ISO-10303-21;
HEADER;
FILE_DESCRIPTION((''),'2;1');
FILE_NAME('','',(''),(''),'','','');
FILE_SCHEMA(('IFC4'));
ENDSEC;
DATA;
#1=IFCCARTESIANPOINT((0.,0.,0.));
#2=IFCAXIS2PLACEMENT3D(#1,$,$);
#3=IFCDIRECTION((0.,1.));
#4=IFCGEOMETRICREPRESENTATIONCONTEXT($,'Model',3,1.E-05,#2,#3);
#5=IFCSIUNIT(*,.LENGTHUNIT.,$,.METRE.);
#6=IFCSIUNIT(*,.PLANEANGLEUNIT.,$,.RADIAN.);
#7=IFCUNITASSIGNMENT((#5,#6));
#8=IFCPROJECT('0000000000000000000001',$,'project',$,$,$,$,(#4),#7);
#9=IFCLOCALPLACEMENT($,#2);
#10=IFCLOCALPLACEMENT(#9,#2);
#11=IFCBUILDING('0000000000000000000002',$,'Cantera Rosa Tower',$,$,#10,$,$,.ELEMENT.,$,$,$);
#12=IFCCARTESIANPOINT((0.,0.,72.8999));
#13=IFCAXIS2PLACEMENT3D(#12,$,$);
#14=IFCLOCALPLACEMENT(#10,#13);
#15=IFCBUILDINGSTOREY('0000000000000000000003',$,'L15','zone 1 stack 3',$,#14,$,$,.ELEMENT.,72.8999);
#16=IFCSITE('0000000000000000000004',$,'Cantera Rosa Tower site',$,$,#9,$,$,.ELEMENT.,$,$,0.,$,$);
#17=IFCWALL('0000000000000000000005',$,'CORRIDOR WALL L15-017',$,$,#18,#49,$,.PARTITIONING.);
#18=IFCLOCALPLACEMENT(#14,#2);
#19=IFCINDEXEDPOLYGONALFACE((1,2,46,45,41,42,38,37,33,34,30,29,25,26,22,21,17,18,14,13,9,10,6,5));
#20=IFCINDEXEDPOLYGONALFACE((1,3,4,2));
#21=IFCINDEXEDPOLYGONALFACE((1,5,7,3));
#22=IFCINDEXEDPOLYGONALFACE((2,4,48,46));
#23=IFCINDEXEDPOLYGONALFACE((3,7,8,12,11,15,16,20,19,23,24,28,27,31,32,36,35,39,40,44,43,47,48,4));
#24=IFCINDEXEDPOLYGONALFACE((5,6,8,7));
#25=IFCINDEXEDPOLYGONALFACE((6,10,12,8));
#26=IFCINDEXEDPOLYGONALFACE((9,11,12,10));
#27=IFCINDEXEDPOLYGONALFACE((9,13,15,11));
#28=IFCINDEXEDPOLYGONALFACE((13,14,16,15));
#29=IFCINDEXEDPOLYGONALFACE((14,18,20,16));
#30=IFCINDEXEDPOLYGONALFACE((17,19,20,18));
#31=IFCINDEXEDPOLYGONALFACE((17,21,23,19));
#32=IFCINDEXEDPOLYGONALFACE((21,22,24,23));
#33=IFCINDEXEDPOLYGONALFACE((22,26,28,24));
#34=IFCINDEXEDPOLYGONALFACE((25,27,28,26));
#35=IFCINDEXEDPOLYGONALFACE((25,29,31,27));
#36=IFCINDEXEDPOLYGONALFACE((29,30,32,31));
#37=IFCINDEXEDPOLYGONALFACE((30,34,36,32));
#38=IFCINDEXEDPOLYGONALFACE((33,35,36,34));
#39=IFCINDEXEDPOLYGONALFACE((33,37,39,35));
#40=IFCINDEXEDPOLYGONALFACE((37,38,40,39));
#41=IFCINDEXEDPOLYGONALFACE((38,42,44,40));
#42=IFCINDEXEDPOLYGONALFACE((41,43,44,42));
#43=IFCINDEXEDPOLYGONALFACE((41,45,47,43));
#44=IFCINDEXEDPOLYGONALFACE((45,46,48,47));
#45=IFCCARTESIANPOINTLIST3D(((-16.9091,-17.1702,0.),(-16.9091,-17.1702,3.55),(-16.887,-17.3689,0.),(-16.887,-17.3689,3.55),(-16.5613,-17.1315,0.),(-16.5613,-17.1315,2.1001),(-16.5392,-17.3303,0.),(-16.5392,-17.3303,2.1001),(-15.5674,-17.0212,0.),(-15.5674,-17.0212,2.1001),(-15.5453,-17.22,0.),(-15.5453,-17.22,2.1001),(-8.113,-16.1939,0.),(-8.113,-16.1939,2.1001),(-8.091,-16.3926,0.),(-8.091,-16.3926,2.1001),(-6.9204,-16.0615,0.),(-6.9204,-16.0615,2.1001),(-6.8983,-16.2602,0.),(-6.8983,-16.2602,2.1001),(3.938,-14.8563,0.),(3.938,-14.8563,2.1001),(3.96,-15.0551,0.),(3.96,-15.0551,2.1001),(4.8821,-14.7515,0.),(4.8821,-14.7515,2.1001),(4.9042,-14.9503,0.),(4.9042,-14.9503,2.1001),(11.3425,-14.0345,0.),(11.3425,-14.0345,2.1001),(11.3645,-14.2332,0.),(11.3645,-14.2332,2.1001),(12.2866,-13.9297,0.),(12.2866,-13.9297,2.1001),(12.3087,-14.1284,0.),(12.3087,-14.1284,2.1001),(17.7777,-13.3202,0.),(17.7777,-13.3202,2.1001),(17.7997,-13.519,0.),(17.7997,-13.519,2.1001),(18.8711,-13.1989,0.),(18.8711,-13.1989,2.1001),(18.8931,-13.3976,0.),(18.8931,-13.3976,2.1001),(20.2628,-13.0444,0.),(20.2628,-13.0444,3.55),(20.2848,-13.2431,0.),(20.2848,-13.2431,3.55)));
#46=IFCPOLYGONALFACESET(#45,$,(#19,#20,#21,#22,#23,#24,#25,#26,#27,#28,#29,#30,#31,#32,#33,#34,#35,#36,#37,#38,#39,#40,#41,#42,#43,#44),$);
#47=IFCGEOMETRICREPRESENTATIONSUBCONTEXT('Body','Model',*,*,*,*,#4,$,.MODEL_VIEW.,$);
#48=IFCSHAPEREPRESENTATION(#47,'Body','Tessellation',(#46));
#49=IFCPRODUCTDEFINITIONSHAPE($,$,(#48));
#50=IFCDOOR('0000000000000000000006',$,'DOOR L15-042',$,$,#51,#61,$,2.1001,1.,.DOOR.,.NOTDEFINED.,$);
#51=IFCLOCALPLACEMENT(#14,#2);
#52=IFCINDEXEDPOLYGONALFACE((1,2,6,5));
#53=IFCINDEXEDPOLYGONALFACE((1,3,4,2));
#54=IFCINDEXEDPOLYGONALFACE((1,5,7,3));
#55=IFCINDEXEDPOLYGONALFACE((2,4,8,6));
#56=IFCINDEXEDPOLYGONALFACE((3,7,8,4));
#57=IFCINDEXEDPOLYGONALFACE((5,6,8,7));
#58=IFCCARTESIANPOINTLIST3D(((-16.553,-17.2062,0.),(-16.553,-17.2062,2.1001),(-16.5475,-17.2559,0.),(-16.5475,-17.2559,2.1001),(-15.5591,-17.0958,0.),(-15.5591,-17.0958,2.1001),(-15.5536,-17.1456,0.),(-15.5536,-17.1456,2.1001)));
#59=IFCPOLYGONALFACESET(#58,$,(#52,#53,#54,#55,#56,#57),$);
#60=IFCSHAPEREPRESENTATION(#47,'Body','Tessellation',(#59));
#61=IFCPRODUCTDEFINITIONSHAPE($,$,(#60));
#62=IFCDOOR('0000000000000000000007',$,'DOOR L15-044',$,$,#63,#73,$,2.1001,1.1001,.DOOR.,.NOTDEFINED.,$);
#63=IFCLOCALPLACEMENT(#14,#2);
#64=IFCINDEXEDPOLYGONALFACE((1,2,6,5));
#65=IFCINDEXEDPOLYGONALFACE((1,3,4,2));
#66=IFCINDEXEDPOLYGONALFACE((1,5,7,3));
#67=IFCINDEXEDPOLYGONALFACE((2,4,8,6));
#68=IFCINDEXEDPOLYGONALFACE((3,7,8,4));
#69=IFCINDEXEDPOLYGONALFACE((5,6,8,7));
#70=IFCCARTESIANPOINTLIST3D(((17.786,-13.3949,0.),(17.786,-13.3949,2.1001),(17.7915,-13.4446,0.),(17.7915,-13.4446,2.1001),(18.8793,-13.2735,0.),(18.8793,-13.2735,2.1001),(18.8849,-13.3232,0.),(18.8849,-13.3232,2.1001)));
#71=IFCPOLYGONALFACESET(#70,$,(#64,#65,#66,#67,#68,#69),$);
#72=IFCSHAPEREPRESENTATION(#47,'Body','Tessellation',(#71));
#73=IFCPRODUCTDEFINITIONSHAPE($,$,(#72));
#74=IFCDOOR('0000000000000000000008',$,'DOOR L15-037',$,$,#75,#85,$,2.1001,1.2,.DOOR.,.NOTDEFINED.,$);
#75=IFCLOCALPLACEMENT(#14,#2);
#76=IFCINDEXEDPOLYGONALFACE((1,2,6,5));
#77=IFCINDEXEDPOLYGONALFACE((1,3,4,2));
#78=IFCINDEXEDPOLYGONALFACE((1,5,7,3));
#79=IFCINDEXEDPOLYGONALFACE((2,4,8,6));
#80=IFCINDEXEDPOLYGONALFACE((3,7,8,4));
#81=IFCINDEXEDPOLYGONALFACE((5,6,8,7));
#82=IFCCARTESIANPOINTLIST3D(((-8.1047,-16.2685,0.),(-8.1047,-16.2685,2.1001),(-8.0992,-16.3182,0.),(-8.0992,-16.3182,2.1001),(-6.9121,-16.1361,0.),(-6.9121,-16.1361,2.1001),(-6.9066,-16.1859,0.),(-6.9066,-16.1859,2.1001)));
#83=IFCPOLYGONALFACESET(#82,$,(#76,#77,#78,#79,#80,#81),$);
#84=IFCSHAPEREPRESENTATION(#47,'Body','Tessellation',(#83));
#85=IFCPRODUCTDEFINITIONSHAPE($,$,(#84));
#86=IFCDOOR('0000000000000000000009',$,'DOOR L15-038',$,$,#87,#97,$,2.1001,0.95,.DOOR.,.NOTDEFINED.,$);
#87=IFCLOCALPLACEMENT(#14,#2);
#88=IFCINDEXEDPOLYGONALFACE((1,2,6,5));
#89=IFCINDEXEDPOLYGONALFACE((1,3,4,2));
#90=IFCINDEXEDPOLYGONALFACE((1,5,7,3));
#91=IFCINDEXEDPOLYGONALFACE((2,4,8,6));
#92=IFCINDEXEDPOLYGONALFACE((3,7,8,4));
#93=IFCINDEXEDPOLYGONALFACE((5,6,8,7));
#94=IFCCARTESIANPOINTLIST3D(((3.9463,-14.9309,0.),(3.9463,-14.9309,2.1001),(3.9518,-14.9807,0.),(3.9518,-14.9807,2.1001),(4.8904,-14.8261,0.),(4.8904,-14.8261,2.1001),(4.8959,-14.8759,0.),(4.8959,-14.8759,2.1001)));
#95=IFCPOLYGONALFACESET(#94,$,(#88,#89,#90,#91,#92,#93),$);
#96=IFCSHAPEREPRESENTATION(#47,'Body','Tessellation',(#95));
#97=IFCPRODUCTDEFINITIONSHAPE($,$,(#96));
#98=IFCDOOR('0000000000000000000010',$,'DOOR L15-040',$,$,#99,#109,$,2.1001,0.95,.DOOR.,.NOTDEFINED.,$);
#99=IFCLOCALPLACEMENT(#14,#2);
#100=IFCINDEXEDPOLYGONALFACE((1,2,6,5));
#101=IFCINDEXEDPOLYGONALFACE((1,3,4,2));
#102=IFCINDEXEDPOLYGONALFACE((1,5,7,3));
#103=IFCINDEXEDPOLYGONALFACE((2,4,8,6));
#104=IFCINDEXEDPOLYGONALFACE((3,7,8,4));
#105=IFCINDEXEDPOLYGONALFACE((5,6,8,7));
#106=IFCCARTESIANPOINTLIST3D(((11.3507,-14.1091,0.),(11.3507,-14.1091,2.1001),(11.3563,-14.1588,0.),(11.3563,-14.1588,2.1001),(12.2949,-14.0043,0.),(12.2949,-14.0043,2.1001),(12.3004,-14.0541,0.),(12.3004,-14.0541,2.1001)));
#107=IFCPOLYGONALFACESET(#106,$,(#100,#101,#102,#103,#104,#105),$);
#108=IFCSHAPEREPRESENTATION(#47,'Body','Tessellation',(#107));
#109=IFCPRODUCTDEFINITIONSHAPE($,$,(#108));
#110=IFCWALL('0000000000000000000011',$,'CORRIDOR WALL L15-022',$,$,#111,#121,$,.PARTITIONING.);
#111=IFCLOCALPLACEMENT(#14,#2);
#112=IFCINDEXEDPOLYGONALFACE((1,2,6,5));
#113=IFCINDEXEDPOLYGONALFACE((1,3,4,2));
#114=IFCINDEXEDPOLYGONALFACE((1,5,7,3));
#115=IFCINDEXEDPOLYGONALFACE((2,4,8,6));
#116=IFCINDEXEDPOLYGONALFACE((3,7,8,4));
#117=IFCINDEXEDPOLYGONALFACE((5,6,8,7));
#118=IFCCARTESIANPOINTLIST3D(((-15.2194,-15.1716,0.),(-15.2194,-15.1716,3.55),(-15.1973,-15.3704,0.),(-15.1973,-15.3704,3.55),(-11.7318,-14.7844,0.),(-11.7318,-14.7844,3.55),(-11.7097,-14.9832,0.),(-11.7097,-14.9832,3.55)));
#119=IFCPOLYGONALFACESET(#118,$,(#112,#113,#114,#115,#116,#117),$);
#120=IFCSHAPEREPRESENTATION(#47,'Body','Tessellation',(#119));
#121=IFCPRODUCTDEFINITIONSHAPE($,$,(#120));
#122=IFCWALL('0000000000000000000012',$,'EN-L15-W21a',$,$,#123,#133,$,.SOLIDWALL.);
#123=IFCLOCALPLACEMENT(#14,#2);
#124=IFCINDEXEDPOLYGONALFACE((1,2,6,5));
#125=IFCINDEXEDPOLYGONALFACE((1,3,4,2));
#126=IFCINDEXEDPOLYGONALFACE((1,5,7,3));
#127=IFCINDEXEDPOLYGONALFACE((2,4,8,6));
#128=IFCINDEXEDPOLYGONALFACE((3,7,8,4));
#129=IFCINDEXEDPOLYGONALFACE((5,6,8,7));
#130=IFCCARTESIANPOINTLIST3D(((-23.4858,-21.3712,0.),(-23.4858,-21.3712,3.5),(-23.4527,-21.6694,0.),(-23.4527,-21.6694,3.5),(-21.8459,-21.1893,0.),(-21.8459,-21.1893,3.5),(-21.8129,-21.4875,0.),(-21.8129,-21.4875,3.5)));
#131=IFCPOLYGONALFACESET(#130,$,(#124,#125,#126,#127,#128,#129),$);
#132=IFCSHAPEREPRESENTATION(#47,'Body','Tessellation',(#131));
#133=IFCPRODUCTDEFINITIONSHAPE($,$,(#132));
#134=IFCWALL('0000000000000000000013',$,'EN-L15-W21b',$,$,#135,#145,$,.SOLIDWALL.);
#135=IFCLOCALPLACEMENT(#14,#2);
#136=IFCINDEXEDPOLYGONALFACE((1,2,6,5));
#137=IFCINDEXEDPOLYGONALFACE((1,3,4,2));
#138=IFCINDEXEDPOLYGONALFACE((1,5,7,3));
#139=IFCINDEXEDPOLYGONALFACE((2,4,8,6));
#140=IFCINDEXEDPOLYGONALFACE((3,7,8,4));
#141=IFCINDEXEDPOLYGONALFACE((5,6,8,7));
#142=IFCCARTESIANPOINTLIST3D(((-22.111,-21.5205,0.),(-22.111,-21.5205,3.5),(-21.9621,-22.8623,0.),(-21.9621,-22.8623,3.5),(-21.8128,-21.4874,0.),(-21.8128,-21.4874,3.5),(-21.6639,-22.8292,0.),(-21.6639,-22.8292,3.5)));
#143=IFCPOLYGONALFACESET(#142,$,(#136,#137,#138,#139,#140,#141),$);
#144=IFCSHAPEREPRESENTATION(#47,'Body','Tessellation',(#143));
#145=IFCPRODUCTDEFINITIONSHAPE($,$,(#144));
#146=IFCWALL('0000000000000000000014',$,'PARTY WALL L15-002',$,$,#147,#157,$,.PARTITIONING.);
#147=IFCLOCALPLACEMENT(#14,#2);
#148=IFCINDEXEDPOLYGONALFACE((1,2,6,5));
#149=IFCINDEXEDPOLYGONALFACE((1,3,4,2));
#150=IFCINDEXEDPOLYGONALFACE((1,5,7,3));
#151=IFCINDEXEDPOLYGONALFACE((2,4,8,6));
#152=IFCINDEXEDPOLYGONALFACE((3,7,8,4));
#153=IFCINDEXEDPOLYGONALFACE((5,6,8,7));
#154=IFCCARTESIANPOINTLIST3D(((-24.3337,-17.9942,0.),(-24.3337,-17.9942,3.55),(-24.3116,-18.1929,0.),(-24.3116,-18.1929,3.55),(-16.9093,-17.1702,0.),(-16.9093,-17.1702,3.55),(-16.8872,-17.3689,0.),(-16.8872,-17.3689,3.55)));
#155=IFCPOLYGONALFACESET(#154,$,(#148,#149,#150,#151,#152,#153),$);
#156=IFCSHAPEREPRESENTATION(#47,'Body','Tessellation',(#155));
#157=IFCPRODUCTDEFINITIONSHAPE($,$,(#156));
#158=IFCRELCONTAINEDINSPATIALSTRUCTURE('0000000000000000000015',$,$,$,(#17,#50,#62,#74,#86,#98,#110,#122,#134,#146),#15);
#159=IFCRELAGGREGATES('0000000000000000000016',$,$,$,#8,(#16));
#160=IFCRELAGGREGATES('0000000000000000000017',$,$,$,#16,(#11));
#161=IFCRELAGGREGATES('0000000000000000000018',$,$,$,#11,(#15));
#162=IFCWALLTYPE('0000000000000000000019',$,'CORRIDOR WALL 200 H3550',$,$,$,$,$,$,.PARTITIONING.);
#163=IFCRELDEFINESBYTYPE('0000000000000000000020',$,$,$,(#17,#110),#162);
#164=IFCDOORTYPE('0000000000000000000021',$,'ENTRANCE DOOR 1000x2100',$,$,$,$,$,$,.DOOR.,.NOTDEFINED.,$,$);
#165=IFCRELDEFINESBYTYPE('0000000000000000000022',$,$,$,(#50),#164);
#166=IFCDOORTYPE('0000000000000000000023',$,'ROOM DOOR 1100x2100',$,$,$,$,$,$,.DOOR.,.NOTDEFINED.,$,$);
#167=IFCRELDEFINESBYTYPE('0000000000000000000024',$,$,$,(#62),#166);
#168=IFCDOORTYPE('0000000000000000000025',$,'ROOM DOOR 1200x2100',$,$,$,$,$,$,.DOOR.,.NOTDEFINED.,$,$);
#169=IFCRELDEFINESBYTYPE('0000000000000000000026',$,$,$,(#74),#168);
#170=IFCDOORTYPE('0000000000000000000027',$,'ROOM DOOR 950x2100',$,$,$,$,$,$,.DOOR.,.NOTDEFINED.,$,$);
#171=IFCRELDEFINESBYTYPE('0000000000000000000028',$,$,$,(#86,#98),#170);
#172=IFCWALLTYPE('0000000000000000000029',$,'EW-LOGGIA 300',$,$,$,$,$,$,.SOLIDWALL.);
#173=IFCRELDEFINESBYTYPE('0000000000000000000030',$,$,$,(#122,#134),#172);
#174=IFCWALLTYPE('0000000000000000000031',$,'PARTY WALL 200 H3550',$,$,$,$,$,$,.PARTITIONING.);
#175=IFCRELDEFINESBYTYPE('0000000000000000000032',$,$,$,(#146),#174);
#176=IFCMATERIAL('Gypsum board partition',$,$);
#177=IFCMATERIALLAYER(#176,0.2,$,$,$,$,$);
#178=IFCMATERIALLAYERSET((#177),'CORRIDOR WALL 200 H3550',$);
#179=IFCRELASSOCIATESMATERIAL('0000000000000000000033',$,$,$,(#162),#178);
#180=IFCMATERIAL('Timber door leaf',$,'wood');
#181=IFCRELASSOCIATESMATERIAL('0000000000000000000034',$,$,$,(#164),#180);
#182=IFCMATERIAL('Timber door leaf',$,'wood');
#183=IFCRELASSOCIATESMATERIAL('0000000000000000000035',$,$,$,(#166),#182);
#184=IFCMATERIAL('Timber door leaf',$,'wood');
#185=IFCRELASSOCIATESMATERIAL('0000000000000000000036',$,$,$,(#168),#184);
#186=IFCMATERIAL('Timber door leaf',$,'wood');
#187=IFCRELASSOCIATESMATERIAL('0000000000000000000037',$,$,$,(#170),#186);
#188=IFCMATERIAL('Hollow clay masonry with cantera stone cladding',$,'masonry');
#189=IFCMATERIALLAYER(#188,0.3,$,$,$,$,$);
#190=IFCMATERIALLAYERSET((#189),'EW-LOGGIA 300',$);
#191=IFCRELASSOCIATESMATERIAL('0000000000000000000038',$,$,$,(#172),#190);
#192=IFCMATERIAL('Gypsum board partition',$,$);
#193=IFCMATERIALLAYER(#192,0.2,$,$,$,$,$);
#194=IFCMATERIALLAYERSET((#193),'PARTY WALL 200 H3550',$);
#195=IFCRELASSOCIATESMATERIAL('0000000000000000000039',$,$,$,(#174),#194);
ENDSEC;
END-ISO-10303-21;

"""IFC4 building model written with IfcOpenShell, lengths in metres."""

from ifc_helpers import new_model, si_unit, direction, frame, frame_2d, origin, place, context, subcontext, project, spatial, rectangle, extrude, material, layer, layer_set, type_object, element, fill, save


model = new_model("IFC4")

# Units and contexts
model_context = context("Model", 3, precision=1e-05, world=origin(), true_north=direction((0.0, 1.0)))
body_context = subcontext(model_context, "Body", "Model", "MODEL_VIEW")
ifc_project = project(units=[si_unit("LENGTHUNIT", "METRE"), si_unit("PLANEANGLEUNIT", "RADIAN")], contexts=[model_context])

# Site, building, storey
site_placement = place(None, origin())
site = spatial("IfcSite", under=ifc_project, at=site_placement, Name="Cantera Rosa Tower site", CompositionType="ELEMENT", RefElevation=0.0)
building_placement = place(site_placement, origin())
building = spatial("IfcBuilding", under=site, at=building_placement, Name="Cantera Rosa Tower", CompositionType="ELEMENT")
storey_placement = place(building_placement, frame((0.0, 0.0, 72.8999)))
storey = spatial("IfcBuildingStorey", under=building, at=storey_placement, Name="L15", Description="zone 1 stack 3", CompositionType="ELEMENT", Elevation=72.8999)

# Wall, openings, doors
ifc_material_1 = material(Name="Gypsum board partition")
ifc_layer_1 = layer(ifc_material_1, 0.2)
ifc_layer_set_1 = layer_set([ifc_layer_1], Name="CORRIDOR WALL 200 H3550")
wall_type_1 = type_object("IfcWallType", Name="CORRIDOR WALL 200 H3550", PredefinedType="PARTITIONING", material=ifc_layer_set_1)
wall_1_placement = place(storey_placement, frame((-16.8982, -17.2695, 0.0), z_axis=(0.0, 0.0, 1.0), x_axis=(0.993897, 0.110313, 0.0)))
wall_1 = element("IfcWall", 1, at=wall_1_placement, inside=storey, type_object=wall_type_1, Name="CORRIDOR WALL L15-017", PredefinedType="PARTITIONING", context=body_context, shape_type="SweptSolid", body=[
    extrude(rectangle(XDim=37.4001, YDim=0.2, at=frame_2d((18.7002, 0.0))), origin(), (0.0, 0.0, 1.0), 3.55),
])
opening_1_placement = place(wall_1_placement, frame((8.8501, 0.0, 0.0)))
opening_1 = element("IfcOpeningElement", 2, at=opening_1_placement, cuts=wall_1, PredefinedType="OPENING", context=body_context, shape_type="SweptSolid", body=[
    extrude(rectangle(XDim=1.2, YDim=2.1001, at=frame_2d((0.6001, 1.05))), frame((0.0, 0.1099, 0.0), z_axis=(0.0, -1.0, 0.0), x_axis=(1.0, 0.0, 0.0)), (0.0, 0.0, 1.0), 0.22),
])
opening_2_placement = place(wall_1_placement, frame((20.9751, 0.0, 0.0)))
opening_2 = element("IfcOpeningElement", 3, at=opening_2_placement, cuts=wall_1, PredefinedType="OPENING", context=body_context, shape_type="SweptSolid", body=[
    extrude(rectangle(XDim=0.95, YDim=2.1001, at=frame_2d((0.4751, 1.05))), frame((0.0, 0.1099, 0.0), z_axis=(0.0, -1.0, 0.0), x_axis=(1.0, 0.0, 0.0)), (0.0, 0.0, 1.0), 0.22),
])
opening_3_placement = place(wall_1_placement, frame((28.425, 0.0, 0.0)))
opening_3 = element("IfcOpeningElement", 4, at=opening_3_placement, cuts=wall_1, PredefinedType="OPENING", context=body_context, shape_type="SweptSolid", body=[
    extrude(rectangle(XDim=0.95, YDim=2.1001, at=frame_2d((0.4751, 1.05))), frame((0.0, 0.1099, 0.0), z_axis=(0.0, -1.0, 0.0), x_axis=(1.0, 0.0, 0.0)), (0.0, 0.0, 1.0), 0.22),
])
opening_4_placement = place(wall_1_placement, frame((0.3501, 0.0, 0.0)))
opening_4 = element("IfcOpeningElement", 5, at=opening_4_placement, cuts=wall_1, PredefinedType="OPENING", context=body_context, shape_type="SweptSolid", body=[
    extrude(rectangle(XDim=1.0, YDim=2.1001, at=frame_2d((0.5, 1.05))), frame((0.0, 0.1099, 0.0), z_axis=(0.0, -1.0, 0.0), x_axis=(1.0, 0.0, 0.0)), (0.0, 0.0, 1.0), 0.22),
])
opening_5_placement = place(wall_1_placement, frame((34.8999, 0.0, 0.0)))
opening_5 = element("IfcOpeningElement", 6, at=opening_5_placement, cuts=wall_1, PredefinedType="OPENING", context=body_context, shape_type="SweptSolid", body=[
    extrude(rectangle(XDim=1.1001, YDim=2.1001, at=frame_2d((0.55, 1.05))), frame((0.0, 0.1099, 0.0), z_axis=(0.0, -1.0, 0.0), x_axis=(1.0, 0.0, 0.0)), (0.0, 0.0, 1.0), 0.22),
])
ifc_material_2 = material(Name="Timber door leaf", Category="wood")
door_type_1 = type_object("IfcDoorType", Name="ENTRANCE DOOR 1000x2100", OperationType="NOTDEFINED", PredefinedType="DOOR", material=ifc_material_2)
door_1_placement = place(opening_4_placement, origin())
door_1 = element("IfcDoor", 7, at=door_1_placement, inside=storey, type_object=door_type_1, Name="DOOR L15-042", OperationType="NOTDEFINED", OverallHeight=2.1001, OverallWidth=1.0, PredefinedType="DOOR", context=body_context, shape_type="SweptSolid", body=[
    extrude(rectangle(XDim=1.0, YDim=2.1001, at=frame_2d((0.5, 1.05))), frame((0.0, 0.0249, 0.0), z_axis=(0.0, -1.0, 0.0), x_axis=(1.0, 0.0, 0.0)), (0.0, 0.0, 1.0), 0.05),
])
fill(opening_4, door_1)
ifc_material_3 = material(Name="Timber door leaf", Category="wood")
door_type_2 = type_object("IfcDoorType", Name="ROOM DOOR 1100x2100", OperationType="NOTDEFINED", PredefinedType="DOOR", material=ifc_material_3)
door_2_placement = place(opening_5_placement, origin())
door_2 = element("IfcDoor", 8, at=door_2_placement, inside=storey, type_object=door_type_2, Name="DOOR L15-044", OperationType="NOTDEFINED", OverallHeight=2.1001, OverallWidth=1.1001, PredefinedType="DOOR", context=body_context, shape_type="SweptSolid", body=[
    extrude(rectangle(XDim=1.1001, YDim=2.1001, at=frame_2d((0.55, 1.05))), frame((0.0, 0.0249, 0.0), z_axis=(0.0, -1.0, 0.0), x_axis=(1.0, 0.0, 0.0)), (0.0, 0.0, 1.0), 0.05),
])
fill(opening_5, door_2)
ifc_material_4 = material(Name="Timber door leaf", Category="wood")
door_type_3 = type_object("IfcDoorType", Name="ROOM DOOR 1200x2100", OperationType="NOTDEFINED", PredefinedType="DOOR", material=ifc_material_4)
door_3_placement = place(opening_1_placement, origin())
door_3 = element("IfcDoor", 9, at=door_3_placement, inside=storey, type_object=door_type_3, Name="DOOR L15-037", OperationType="NOTDEFINED", OverallHeight=2.1001, OverallWidth=1.2, PredefinedType="DOOR", context=body_context, shape_type="SweptSolid", body=[
    extrude(rectangle(XDim=1.2, YDim=2.1001, at=frame_2d((0.6001, 1.05))), frame((0.0, 0.0249, 0.0), z_axis=(0.0, -1.0, 0.0), x_axis=(1.0, 0.0, 0.0)), (0.0, 0.0, 1.0), 0.05),
])
fill(opening_1, door_3)
ifc_material_5 = material(Name="Timber door leaf", Category="wood")
door_type_4 = type_object("IfcDoorType", Name="ROOM DOOR 950x2100", OperationType="NOTDEFINED", PredefinedType="DOOR", material=ifc_material_5)
door_4_placement = place(opening_2_placement, origin())
door_4 = element("IfcDoor", 10, at=door_4_placement, inside=storey, type_object=door_type_4, Name="DOOR L15-038", OperationType="NOTDEFINED", OverallHeight=2.1001, OverallWidth=0.95, PredefinedType="DOOR", context=body_context, shape_type="SweptSolid", body=[
    extrude(rectangle(XDim=0.95, YDim=2.1001, at=frame_2d((0.4751, 1.05))), frame((0.0, 0.0249, 0.0), z_axis=(0.0, -1.0, 0.0), x_axis=(1.0, 0.0, 0.0)), (0.0, 0.0, 1.0), 0.05),
])
fill(opening_2, door_4)
door_5_placement = place(opening_3_placement, origin())
door_5 = element("IfcDoor", 11, at=door_5_placement, inside=storey, type_object=door_type_4, Name="DOOR L15-040", OperationType="NOTDEFINED", OverallHeight=2.1001, OverallWidth=0.95, PredefinedType="DOOR", context=body_context, shape_type="SweptSolid", body=[
    extrude(rectangle(XDim=0.95, YDim=2.1001, at=frame_2d((0.4751, 1.05))), frame((0.0, 0.0249, 0.0), z_axis=(0.0, -1.0, 0.0), x_axis=(1.0, 0.0, 0.0)), (0.0, 0.0, 1.0), 0.05),
])
fill(opening_3, door_5)

# Walls
wall_2_placement = place(storey_placement, frame((-15.2083, -15.271, 0.0), z_axis=(0.0, 0.0, 1.0), x_axis=(0.993893, 0.110348, 0.0)))
element("IfcWall", 12, at=wall_2_placement, inside=storey, type_object=wall_type_1, Name="CORRIDOR WALL L15-022", PredefinedType="PARTITIONING", context=body_context, shape_type="SweptSolid", body=[
    extrude(rectangle(XDim=3.509, YDim=0.2, at=frame_2d((1.7544, 0.0))), origin(), (0.0, 0.0, 1.0), 3.55),
])
ifc_material_6 = material(Name="Hollow clay masonry with cantera stone cladding", Category="masonry")
ifc_layer_2 = layer(ifc_material_6, 0.3)
ifc_layer_set_2 = layer_set([ifc_layer_2], Name="EW-LOGGIA 300")
wall_type_2 = type_object("IfcWallType", Name="EW-LOGGIA 300", PredefinedType="SOLIDWALL", material=ifc_layer_set_2)
wall_3_placement = place(storey_placement, frame((-23.4692, -21.5203, 0.0), z_axis=(0.0, 0.0, 1.0), x_axis=(0.993905, 0.110237, 0.0)))
element("IfcWall", 13, at=wall_3_placement, inside=storey, type_object=wall_type_2, Name="EN-L15-W21a", PredefinedType="SOLIDWALL", context=body_context, shape_type="SweptSolid", body=[
    extrude(rectangle(XDim=1.6499, YDim=0.3, at=frame_2d((0.825, 0.0))), origin(), (0.0, 0.0, 1.0), 3.5),
])
wall_4_placement = place(storey_placement, frame((-21.9619, -21.5039, 0.0), z_axis=(0.0, 0.0, 1.0), x_axis=(0.110312, -0.993897, 0.0)))
element("IfcWall", 14, at=wall_4_placement, inside=storey, type_object=wall_type_2, Name="EN-L15-W21b", PredefinedType="SOLIDWALL", context=body_context, shape_type="SweptSolid", body=[
    extrude(rectangle(XDim=1.3501, YDim=0.3, at=frame_2d((0.675, 0.0))), origin(), (0.0, 0.0, 1.0), 3.5),
])

# Wall
ifc_material_7 = material(Name="Gypsum board partition")
ifc_layer_3 = layer(ifc_material_7, 0.2)
ifc_layer_set_3 = layer_set([ifc_layer_3], Name="PARTY WALL 200 H3550")
wall_type_3 = type_object("IfcWallType", Name="PARTY WALL 200 H3550", PredefinedType="PARTITIONING", material=ifc_layer_set_3)
wall_5_placement = place(storey_placement, frame((-24.3225, -18.0935, 0.0), z_axis=(0.0, 0.0, 1.0), x_axis=(0.993898, 0.110306, 0.0)))
element("IfcWall", 15, at=wall_5_placement, inside=storey, type_object=wall_type_3, Name="PARTY WALL L15-002", PredefinedType="PARTITIONING", context=body_context, shape_type="SweptSolid", body=[
    extrude(rectangle(XDim=7.47, YDim=0.2, at=frame_2d((3.7349, 0.0))), origin(), (0.0, 0.0, 1.0), 3.55),
])

save(model, "model.ifc")
